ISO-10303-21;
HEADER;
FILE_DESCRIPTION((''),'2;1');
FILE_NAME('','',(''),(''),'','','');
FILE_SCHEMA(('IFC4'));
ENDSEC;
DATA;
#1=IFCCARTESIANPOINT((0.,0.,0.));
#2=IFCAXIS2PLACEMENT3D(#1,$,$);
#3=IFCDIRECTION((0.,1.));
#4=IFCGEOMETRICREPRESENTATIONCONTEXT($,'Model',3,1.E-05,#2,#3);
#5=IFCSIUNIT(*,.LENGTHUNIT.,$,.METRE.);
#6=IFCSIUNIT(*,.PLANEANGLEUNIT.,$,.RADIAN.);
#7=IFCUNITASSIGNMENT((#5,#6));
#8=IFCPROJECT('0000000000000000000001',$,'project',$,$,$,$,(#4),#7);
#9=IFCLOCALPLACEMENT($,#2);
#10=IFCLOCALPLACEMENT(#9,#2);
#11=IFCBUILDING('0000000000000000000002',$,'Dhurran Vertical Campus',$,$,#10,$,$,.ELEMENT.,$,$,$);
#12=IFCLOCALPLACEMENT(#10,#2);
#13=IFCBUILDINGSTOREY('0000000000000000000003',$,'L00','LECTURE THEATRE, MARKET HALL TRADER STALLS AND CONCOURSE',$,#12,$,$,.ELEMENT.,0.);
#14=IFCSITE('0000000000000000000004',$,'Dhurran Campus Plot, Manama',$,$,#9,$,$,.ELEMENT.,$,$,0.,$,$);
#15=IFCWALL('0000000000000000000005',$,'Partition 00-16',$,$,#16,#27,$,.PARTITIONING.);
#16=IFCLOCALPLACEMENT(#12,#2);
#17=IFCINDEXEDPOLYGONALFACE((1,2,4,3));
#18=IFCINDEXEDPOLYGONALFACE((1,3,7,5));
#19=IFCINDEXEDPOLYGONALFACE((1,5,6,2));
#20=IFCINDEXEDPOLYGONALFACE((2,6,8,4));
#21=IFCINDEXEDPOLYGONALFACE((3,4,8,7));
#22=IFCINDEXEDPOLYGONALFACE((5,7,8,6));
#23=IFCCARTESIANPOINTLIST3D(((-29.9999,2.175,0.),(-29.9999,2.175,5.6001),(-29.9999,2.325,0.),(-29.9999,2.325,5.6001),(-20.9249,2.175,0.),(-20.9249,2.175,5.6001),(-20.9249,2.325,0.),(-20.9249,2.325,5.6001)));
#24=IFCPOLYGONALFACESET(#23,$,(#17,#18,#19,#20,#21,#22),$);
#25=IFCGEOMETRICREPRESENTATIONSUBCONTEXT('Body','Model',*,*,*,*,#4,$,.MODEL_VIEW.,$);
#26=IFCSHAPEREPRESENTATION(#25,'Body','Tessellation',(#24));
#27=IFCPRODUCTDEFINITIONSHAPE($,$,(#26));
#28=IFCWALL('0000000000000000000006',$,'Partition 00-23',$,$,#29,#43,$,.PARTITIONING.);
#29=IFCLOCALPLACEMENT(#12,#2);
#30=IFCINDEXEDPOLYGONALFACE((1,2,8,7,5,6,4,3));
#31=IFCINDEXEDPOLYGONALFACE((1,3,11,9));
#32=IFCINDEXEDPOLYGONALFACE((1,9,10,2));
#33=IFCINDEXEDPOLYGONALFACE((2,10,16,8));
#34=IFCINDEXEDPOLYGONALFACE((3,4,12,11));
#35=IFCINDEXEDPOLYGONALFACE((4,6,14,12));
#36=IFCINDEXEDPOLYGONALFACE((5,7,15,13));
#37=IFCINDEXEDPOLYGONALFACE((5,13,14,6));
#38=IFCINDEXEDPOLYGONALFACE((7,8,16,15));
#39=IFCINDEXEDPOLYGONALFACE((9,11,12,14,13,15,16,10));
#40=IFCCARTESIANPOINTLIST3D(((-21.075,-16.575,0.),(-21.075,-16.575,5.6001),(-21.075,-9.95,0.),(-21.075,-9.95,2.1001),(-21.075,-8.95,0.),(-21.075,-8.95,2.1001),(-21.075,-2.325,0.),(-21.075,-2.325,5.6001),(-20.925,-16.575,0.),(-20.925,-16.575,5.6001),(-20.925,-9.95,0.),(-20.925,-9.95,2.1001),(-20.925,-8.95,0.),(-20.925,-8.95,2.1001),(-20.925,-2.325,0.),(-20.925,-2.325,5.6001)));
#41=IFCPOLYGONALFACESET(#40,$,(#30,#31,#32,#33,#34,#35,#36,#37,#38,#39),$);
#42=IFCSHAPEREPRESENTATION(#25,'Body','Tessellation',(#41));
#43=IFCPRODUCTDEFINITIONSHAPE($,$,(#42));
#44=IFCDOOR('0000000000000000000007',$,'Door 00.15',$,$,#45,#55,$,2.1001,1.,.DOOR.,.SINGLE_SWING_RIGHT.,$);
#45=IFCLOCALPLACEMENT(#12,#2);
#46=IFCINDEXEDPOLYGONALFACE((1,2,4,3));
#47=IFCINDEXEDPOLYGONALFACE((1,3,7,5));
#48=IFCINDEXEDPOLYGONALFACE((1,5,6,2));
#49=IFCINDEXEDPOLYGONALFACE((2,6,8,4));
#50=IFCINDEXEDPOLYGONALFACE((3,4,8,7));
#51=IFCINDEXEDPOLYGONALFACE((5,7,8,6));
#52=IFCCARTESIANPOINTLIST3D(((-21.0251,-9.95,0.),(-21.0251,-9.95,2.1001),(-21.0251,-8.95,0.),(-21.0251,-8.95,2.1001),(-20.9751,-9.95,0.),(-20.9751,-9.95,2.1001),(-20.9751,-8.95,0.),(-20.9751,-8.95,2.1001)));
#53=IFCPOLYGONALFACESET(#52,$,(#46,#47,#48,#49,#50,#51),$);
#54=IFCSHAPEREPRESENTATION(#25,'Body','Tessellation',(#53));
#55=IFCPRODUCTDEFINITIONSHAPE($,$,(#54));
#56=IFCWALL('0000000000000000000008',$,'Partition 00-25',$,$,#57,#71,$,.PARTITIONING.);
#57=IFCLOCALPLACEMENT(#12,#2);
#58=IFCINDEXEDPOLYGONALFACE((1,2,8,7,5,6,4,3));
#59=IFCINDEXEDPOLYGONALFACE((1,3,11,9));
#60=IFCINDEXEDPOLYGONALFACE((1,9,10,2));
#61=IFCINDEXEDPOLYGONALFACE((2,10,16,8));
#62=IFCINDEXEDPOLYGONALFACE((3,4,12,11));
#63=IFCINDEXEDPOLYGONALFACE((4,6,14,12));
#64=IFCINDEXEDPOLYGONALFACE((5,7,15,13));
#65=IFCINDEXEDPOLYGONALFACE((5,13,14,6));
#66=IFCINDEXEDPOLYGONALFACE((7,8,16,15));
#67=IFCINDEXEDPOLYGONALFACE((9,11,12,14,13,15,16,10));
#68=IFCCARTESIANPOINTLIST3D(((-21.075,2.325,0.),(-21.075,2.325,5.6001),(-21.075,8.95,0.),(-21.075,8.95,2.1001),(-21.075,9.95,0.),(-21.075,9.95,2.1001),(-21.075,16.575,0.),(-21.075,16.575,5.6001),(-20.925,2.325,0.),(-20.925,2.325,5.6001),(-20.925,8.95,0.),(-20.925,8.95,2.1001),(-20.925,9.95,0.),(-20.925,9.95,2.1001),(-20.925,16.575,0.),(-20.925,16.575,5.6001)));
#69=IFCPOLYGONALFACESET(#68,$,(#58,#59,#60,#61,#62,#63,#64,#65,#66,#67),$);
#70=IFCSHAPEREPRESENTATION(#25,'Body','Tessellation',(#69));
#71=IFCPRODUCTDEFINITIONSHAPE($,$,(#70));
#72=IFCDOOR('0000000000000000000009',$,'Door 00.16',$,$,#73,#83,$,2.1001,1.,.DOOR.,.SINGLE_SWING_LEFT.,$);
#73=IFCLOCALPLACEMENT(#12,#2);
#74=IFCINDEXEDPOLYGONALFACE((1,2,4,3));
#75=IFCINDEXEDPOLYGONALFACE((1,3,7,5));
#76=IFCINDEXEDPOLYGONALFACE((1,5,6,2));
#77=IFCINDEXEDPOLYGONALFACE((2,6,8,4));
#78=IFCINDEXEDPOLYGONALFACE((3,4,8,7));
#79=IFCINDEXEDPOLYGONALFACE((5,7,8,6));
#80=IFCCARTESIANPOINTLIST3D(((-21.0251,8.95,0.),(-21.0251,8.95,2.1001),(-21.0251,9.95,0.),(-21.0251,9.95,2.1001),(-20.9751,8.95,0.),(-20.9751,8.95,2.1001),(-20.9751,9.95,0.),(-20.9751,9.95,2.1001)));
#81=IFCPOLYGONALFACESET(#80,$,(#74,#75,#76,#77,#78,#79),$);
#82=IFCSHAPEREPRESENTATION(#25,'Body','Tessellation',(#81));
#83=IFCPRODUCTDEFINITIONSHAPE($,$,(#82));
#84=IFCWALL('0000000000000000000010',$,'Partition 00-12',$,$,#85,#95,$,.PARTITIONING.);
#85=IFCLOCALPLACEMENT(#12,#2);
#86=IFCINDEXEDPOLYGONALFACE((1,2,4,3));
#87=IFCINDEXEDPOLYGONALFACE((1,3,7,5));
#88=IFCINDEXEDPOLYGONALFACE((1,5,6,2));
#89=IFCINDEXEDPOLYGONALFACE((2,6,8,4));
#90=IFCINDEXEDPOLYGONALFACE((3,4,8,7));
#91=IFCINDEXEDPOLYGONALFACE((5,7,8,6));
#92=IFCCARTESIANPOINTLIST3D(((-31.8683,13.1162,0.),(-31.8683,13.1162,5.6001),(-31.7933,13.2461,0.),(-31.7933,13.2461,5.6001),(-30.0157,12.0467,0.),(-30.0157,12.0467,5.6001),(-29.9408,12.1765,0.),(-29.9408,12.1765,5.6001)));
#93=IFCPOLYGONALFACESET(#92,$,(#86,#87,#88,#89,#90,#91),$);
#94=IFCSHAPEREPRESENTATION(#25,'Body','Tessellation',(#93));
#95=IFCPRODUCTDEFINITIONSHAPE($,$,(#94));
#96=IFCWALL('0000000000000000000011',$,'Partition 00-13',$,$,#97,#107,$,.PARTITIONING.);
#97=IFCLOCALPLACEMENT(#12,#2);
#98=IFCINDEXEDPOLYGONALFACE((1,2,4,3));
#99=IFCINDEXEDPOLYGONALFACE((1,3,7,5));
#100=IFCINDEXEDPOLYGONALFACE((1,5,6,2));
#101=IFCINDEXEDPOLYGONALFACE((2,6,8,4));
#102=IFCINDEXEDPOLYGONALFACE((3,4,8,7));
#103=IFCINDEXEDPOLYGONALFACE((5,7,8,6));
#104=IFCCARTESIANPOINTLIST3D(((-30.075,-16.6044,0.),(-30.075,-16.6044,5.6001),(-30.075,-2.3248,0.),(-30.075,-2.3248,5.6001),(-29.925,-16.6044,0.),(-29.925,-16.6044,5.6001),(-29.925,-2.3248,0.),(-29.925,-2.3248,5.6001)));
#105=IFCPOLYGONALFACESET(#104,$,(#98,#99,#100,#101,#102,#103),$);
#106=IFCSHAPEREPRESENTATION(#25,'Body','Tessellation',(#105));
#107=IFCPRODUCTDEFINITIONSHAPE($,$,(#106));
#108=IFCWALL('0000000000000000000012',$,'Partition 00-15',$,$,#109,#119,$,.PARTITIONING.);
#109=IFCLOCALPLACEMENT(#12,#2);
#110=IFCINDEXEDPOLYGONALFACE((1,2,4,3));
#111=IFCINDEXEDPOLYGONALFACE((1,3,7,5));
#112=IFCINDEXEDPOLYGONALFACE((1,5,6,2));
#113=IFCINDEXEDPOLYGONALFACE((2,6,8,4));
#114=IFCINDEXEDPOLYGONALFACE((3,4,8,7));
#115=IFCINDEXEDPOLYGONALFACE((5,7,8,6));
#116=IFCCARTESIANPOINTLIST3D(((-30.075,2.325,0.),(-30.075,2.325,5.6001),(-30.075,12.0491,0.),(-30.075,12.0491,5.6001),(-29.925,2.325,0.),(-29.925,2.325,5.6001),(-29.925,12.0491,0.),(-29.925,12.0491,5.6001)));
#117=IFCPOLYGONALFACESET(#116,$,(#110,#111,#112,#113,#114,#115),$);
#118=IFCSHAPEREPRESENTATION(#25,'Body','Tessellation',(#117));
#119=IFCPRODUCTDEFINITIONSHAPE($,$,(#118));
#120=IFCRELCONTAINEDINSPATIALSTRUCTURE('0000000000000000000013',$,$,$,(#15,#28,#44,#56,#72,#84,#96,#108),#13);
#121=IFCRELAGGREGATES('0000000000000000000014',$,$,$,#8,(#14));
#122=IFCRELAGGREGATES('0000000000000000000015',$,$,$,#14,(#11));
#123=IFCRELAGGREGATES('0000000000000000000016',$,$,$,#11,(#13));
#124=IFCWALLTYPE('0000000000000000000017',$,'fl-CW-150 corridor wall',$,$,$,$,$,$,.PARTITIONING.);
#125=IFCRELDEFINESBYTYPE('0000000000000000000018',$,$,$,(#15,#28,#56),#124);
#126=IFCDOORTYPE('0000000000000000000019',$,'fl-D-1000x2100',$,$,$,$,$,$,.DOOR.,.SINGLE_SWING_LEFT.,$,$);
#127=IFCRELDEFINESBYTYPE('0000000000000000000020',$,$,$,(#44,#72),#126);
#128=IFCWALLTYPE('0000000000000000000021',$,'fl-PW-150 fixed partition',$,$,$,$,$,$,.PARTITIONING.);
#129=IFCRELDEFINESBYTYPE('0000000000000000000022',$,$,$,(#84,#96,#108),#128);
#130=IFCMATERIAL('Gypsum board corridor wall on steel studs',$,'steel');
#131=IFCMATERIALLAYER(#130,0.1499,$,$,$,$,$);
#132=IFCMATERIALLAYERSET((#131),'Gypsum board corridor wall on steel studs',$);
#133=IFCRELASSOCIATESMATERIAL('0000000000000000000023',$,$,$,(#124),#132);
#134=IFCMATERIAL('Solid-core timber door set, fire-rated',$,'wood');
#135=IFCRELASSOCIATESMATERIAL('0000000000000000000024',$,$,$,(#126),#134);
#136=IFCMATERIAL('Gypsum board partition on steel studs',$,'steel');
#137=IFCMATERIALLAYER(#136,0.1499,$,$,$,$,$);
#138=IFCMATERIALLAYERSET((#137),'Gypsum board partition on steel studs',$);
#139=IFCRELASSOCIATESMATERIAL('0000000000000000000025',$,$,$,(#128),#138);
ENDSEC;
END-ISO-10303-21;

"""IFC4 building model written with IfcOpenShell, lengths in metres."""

from ifc_helpers import new_model, si_unit, direction, frame, frame_2d, origin, place, context, subcontext, project, spatial, rectangle, extrude, material, layer, layer_set, type_object, element, fill, save


model = new_model("IFC4")

# Units and contexts
model_context = context("Model", 3, precision=1e-05, world=origin(), true_north=direction((0.0, 1.0)))
body_context = subcontext(model_context, "Body", "Model", "MODEL_VIEW")
ifc_project = project(units=[si_unit("LENGTHUNIT", "METRE"), si_unit("PLANEANGLEUNIT", "RADIAN")], contexts=[model_context])

# Site, building, storey
site_placement = place(None, origin())
site = spatial("IfcSite", under=ifc_project, at=site_placement, Name="Dhurran Campus Plot, Manama", CompositionType="ELEMENT", RefElevation=0.0)
building_placement = place(site_placement, origin())
building = spatial("IfcBuilding", under=site, at=building_placement, Name="Dhurran Vertical Campus", CompositionType="ELEMENT")
storey_placement = place(building_placement, origin())
storey = spatial("IfcBuildingStorey", under=building, at=storey_placement, Name="L00", Description="LECTURE THEATRE, MARKET HALL TRADER STALLS AND CONCOURSE", CompositionType="ELEMENT", Elevation=0.0)

# Shared definitions
ifc_material_1 = material(Name="Gypsum board corridor wall on steel studs", Category="steel")
ifc_layer_1 = layer(ifc_material_1, 0.1499)
ifc_layer_set_1 = layer_set([ifc_layer_1], Name="Gypsum board corridor wall on steel studs")
wall_type_1 = type_object("IfcWallType", Name="fl-CW-150 corridor wall", PredefinedType="PARTITIONING", material=ifc_layer_set_1)

# Shared definitions
ifc_material_2 = material(Name="Solid-core timber door set, fire-rated", Category="wood")
door_type = type_object("IfcDoorType", Name="fl-D-1000x2100", OperationType="SINGLE_SWING_LEFT", PredefinedType="DOOR", material=ifc_material_2)

# Wall
for number, where, z_axis, x_axis, name in (
    (1, (-30.0, 2.25, 0.0), (0.0, 0.0, 1.0), (1.0, 0.0, 0.0), "Partition 00-16"),
):
    element("IfcWall", number, at=place(storey_placement, frame(where, z_axis=z_axis, x_axis=x_axis)), inside=storey, type_object=wall_type_1, Name=name, PredefinedType="PARTITIONING", context=body_context, shape_type="SweptSolid", body=[
        extrude(rectangle(XDim=9.075, YDim=0.1499, at=frame_2d((4.5376, 0.0))), origin(), (0.0, 0.0, 1.0), 5.6001),
    ])

# Walls, openings, doors
wall_1_placement = place(storey_placement, frame((-21.0, -2.325, 0.0), z_axis=(0.0, 0.0, 1.0), x_axis=(0.0, -1.0, 0.0)))
wall_1 = element("IfcWall", 2, at=wall_1_placement, inside=storey, type_object=wall_type_1, Name="Partition 00-23", PredefinedType="PARTITIONING", context=body_context, shape_type="SweptSolid", body=[
    extrude(rectangle(XDim=14.25, YDim=0.1499, at=frame_2d((7.125, 0.0))), origin(), (0.0, 0.0, 1.0), 5.6001),
])
opening_1_placement = place(wall_1_placement, frame((6.625, 0.0, 0.0)))
opening_1 = element("IfcOpeningElement", 3, at=opening_1_placement, cuts=wall_1, PredefinedType="OPENING", context=body_context, shape_type="SweptSolid", body=[
    extrude(rectangle(XDim=1.0, YDim=2.1001, at=frame_2d((0.5, 1.05))), frame((0.0, 0.085, 0.0), z_axis=(0.0, -1.0, 0.0), x_axis=(1.0, 0.0, 0.0)), (0.0, 0.0, 1.0), 0.1699),
])
door_1_placement = place(opening_1_placement, origin())
door_1 = element("IfcDoor", 4, at=door_1_placement, inside=storey, type_object=door_type, Name="Door 00.15", OperationType="SINGLE_SWING_RIGHT", OverallHeight=2.1001, OverallWidth=1.0, PredefinedType="DOOR", context=body_context, shape_type="SweptSolid", body=[
    extrude(rectangle(XDim=1.0, YDim=2.1001, at=frame_2d((0.5, 1.05))), frame((0.0, 0.0249, 0.0), z_axis=(0.0, -1.0, 0.0), x_axis=(1.0, 0.0, 0.0)), (0.0, 0.0, 1.0), 0.05),
])
fill(opening_1, door_1)
wall_2_placement = place(storey_placement, frame((-21.0, 16.575, 0.0), z_axis=(0.0, 0.0, 1.0), x_axis=(0.0, -1.0, 0.0)))
wall_2 = element("IfcWall", 5, at=wall_2_placement, inside=storey, type_object=wall_type_1, Name="Partition 00-25", PredefinedType="PARTITIONING", context=body_context, shape_type="SweptSolid", body=[
    extrude(rectangle(XDim=14.25, YDim=0.1499, at=frame_2d((7.125, 0.0))), origin(), (0.0, 0.0, 1.0), 5.6001),
])
opening_2_placement = place(wall_2_placement, frame((6.625, 0.0, 0.0)))
opening_2 = element("IfcOpeningElement", 6, at=opening_2_placement, cuts=wall_2, PredefinedType="OPENING", context=body_context, shape_type="SweptSolid", body=[
    extrude(rectangle(XDim=1.0, YDim=2.1001, at=frame_2d((0.5, 1.05))), frame((0.0, 0.085, 0.0), z_axis=(0.0, -1.0, 0.0), x_axis=(1.0, 0.0, 0.0)), (0.0, 0.0, 1.0), 0.1699),
])
door_2_placement = place(opening_2_placement, origin())
door_2 = element("IfcDoor", 7, at=door_2_placement, inside=storey, type_object=door_type, Name="Door 00.16", OperationType="SINGLE_SWING_LEFT", OverallHeight=2.1001, OverallWidth=1.0, PredefinedType="DOOR", context=body_context, shape_type="SweptSolid", body=[
    extrude(rectangle(XDim=1.0, YDim=2.1001, at=frame_2d((0.5, 1.05))), frame((0.0, 0.0249, 0.0), z_axis=(0.0, -1.0, 0.0), x_axis=(1.0, 0.0, 0.0)), (0.0, 0.0, 1.0), 0.05),
])
fill(opening_2, door_2)

# Walls
ifc_material_3 = material(Name="Gypsum board partition on steel studs", Category="steel")
ifc_layer_2 = layer(ifc_material_3, 0.1499)
ifc_layer_set_2 = layer_set([ifc_layer_2], Name="Gypsum board partition on steel studs")
wall_type_2 = type_object("IfcWallType", Name="fl-PW-150 fixed partition", PredefinedType="PARTITIONING", material=ifc_layer_set_2)
wall_3_placement = place(storey_placement, frame((-31.8308, 13.1812, 0.0), z_axis=(0.0, 0.0, 1.0), x_axis=(0.866022, -0.500006, 0.0)))
element("IfcWall", 8, at=wall_3_placement, inside=storey, type_object=wall_type_2, Name="Partition 00-12", PredefinedType="PARTITIONING", context=body_context, shape_type="SweptSolid", body=[
    extrude(rectangle(XDim=2.1392, YDim=0.1499, at=frame_2d((1.0696, 0.0))), origin(), (0.0, 0.0, 1.0), 5.6001),
])
wall_4_placement = place(storey_placement, frame((-30.0, -2.325, 0.0), z_axis=(0.0, 0.0, 1.0), x_axis=(0.0, -1.0, 0.0)))
element("IfcWall", 9, at=wall_4_placement, inside=storey, type_object=wall_type_2, Name="Partition 00-13", PredefinedType="PARTITIONING", context=body_context, shape_type="SweptSolid", body=[
    extrude(rectangle(XDim=14.2795, YDim=0.1499, at=frame_2d((7.1396, 0.0))), origin(), (0.0, 0.0, 1.0), 5.6001),
])
wall_5_placement = place(storey_placement, frame((-30.0, 12.0491, 0.0), z_axis=(0.0, 0.0, 1.0), x_axis=(0.0, -1.0, 0.0)))
element("IfcWall", 10, at=wall_5_placement, inside=storey, type_object=wall_type_2, Name="Partition 00-15", PredefinedType="PARTITIONING", context=body_context, shape_type="SweptSolid", body=[
    extrude(rectangle(XDim=9.7241, YDim=0.1499, at=frame_2d((4.8621, 0.0))), origin(), (0.0, 0.0, 1.0), 5.6001),
])

save(model, "model.ifc")
